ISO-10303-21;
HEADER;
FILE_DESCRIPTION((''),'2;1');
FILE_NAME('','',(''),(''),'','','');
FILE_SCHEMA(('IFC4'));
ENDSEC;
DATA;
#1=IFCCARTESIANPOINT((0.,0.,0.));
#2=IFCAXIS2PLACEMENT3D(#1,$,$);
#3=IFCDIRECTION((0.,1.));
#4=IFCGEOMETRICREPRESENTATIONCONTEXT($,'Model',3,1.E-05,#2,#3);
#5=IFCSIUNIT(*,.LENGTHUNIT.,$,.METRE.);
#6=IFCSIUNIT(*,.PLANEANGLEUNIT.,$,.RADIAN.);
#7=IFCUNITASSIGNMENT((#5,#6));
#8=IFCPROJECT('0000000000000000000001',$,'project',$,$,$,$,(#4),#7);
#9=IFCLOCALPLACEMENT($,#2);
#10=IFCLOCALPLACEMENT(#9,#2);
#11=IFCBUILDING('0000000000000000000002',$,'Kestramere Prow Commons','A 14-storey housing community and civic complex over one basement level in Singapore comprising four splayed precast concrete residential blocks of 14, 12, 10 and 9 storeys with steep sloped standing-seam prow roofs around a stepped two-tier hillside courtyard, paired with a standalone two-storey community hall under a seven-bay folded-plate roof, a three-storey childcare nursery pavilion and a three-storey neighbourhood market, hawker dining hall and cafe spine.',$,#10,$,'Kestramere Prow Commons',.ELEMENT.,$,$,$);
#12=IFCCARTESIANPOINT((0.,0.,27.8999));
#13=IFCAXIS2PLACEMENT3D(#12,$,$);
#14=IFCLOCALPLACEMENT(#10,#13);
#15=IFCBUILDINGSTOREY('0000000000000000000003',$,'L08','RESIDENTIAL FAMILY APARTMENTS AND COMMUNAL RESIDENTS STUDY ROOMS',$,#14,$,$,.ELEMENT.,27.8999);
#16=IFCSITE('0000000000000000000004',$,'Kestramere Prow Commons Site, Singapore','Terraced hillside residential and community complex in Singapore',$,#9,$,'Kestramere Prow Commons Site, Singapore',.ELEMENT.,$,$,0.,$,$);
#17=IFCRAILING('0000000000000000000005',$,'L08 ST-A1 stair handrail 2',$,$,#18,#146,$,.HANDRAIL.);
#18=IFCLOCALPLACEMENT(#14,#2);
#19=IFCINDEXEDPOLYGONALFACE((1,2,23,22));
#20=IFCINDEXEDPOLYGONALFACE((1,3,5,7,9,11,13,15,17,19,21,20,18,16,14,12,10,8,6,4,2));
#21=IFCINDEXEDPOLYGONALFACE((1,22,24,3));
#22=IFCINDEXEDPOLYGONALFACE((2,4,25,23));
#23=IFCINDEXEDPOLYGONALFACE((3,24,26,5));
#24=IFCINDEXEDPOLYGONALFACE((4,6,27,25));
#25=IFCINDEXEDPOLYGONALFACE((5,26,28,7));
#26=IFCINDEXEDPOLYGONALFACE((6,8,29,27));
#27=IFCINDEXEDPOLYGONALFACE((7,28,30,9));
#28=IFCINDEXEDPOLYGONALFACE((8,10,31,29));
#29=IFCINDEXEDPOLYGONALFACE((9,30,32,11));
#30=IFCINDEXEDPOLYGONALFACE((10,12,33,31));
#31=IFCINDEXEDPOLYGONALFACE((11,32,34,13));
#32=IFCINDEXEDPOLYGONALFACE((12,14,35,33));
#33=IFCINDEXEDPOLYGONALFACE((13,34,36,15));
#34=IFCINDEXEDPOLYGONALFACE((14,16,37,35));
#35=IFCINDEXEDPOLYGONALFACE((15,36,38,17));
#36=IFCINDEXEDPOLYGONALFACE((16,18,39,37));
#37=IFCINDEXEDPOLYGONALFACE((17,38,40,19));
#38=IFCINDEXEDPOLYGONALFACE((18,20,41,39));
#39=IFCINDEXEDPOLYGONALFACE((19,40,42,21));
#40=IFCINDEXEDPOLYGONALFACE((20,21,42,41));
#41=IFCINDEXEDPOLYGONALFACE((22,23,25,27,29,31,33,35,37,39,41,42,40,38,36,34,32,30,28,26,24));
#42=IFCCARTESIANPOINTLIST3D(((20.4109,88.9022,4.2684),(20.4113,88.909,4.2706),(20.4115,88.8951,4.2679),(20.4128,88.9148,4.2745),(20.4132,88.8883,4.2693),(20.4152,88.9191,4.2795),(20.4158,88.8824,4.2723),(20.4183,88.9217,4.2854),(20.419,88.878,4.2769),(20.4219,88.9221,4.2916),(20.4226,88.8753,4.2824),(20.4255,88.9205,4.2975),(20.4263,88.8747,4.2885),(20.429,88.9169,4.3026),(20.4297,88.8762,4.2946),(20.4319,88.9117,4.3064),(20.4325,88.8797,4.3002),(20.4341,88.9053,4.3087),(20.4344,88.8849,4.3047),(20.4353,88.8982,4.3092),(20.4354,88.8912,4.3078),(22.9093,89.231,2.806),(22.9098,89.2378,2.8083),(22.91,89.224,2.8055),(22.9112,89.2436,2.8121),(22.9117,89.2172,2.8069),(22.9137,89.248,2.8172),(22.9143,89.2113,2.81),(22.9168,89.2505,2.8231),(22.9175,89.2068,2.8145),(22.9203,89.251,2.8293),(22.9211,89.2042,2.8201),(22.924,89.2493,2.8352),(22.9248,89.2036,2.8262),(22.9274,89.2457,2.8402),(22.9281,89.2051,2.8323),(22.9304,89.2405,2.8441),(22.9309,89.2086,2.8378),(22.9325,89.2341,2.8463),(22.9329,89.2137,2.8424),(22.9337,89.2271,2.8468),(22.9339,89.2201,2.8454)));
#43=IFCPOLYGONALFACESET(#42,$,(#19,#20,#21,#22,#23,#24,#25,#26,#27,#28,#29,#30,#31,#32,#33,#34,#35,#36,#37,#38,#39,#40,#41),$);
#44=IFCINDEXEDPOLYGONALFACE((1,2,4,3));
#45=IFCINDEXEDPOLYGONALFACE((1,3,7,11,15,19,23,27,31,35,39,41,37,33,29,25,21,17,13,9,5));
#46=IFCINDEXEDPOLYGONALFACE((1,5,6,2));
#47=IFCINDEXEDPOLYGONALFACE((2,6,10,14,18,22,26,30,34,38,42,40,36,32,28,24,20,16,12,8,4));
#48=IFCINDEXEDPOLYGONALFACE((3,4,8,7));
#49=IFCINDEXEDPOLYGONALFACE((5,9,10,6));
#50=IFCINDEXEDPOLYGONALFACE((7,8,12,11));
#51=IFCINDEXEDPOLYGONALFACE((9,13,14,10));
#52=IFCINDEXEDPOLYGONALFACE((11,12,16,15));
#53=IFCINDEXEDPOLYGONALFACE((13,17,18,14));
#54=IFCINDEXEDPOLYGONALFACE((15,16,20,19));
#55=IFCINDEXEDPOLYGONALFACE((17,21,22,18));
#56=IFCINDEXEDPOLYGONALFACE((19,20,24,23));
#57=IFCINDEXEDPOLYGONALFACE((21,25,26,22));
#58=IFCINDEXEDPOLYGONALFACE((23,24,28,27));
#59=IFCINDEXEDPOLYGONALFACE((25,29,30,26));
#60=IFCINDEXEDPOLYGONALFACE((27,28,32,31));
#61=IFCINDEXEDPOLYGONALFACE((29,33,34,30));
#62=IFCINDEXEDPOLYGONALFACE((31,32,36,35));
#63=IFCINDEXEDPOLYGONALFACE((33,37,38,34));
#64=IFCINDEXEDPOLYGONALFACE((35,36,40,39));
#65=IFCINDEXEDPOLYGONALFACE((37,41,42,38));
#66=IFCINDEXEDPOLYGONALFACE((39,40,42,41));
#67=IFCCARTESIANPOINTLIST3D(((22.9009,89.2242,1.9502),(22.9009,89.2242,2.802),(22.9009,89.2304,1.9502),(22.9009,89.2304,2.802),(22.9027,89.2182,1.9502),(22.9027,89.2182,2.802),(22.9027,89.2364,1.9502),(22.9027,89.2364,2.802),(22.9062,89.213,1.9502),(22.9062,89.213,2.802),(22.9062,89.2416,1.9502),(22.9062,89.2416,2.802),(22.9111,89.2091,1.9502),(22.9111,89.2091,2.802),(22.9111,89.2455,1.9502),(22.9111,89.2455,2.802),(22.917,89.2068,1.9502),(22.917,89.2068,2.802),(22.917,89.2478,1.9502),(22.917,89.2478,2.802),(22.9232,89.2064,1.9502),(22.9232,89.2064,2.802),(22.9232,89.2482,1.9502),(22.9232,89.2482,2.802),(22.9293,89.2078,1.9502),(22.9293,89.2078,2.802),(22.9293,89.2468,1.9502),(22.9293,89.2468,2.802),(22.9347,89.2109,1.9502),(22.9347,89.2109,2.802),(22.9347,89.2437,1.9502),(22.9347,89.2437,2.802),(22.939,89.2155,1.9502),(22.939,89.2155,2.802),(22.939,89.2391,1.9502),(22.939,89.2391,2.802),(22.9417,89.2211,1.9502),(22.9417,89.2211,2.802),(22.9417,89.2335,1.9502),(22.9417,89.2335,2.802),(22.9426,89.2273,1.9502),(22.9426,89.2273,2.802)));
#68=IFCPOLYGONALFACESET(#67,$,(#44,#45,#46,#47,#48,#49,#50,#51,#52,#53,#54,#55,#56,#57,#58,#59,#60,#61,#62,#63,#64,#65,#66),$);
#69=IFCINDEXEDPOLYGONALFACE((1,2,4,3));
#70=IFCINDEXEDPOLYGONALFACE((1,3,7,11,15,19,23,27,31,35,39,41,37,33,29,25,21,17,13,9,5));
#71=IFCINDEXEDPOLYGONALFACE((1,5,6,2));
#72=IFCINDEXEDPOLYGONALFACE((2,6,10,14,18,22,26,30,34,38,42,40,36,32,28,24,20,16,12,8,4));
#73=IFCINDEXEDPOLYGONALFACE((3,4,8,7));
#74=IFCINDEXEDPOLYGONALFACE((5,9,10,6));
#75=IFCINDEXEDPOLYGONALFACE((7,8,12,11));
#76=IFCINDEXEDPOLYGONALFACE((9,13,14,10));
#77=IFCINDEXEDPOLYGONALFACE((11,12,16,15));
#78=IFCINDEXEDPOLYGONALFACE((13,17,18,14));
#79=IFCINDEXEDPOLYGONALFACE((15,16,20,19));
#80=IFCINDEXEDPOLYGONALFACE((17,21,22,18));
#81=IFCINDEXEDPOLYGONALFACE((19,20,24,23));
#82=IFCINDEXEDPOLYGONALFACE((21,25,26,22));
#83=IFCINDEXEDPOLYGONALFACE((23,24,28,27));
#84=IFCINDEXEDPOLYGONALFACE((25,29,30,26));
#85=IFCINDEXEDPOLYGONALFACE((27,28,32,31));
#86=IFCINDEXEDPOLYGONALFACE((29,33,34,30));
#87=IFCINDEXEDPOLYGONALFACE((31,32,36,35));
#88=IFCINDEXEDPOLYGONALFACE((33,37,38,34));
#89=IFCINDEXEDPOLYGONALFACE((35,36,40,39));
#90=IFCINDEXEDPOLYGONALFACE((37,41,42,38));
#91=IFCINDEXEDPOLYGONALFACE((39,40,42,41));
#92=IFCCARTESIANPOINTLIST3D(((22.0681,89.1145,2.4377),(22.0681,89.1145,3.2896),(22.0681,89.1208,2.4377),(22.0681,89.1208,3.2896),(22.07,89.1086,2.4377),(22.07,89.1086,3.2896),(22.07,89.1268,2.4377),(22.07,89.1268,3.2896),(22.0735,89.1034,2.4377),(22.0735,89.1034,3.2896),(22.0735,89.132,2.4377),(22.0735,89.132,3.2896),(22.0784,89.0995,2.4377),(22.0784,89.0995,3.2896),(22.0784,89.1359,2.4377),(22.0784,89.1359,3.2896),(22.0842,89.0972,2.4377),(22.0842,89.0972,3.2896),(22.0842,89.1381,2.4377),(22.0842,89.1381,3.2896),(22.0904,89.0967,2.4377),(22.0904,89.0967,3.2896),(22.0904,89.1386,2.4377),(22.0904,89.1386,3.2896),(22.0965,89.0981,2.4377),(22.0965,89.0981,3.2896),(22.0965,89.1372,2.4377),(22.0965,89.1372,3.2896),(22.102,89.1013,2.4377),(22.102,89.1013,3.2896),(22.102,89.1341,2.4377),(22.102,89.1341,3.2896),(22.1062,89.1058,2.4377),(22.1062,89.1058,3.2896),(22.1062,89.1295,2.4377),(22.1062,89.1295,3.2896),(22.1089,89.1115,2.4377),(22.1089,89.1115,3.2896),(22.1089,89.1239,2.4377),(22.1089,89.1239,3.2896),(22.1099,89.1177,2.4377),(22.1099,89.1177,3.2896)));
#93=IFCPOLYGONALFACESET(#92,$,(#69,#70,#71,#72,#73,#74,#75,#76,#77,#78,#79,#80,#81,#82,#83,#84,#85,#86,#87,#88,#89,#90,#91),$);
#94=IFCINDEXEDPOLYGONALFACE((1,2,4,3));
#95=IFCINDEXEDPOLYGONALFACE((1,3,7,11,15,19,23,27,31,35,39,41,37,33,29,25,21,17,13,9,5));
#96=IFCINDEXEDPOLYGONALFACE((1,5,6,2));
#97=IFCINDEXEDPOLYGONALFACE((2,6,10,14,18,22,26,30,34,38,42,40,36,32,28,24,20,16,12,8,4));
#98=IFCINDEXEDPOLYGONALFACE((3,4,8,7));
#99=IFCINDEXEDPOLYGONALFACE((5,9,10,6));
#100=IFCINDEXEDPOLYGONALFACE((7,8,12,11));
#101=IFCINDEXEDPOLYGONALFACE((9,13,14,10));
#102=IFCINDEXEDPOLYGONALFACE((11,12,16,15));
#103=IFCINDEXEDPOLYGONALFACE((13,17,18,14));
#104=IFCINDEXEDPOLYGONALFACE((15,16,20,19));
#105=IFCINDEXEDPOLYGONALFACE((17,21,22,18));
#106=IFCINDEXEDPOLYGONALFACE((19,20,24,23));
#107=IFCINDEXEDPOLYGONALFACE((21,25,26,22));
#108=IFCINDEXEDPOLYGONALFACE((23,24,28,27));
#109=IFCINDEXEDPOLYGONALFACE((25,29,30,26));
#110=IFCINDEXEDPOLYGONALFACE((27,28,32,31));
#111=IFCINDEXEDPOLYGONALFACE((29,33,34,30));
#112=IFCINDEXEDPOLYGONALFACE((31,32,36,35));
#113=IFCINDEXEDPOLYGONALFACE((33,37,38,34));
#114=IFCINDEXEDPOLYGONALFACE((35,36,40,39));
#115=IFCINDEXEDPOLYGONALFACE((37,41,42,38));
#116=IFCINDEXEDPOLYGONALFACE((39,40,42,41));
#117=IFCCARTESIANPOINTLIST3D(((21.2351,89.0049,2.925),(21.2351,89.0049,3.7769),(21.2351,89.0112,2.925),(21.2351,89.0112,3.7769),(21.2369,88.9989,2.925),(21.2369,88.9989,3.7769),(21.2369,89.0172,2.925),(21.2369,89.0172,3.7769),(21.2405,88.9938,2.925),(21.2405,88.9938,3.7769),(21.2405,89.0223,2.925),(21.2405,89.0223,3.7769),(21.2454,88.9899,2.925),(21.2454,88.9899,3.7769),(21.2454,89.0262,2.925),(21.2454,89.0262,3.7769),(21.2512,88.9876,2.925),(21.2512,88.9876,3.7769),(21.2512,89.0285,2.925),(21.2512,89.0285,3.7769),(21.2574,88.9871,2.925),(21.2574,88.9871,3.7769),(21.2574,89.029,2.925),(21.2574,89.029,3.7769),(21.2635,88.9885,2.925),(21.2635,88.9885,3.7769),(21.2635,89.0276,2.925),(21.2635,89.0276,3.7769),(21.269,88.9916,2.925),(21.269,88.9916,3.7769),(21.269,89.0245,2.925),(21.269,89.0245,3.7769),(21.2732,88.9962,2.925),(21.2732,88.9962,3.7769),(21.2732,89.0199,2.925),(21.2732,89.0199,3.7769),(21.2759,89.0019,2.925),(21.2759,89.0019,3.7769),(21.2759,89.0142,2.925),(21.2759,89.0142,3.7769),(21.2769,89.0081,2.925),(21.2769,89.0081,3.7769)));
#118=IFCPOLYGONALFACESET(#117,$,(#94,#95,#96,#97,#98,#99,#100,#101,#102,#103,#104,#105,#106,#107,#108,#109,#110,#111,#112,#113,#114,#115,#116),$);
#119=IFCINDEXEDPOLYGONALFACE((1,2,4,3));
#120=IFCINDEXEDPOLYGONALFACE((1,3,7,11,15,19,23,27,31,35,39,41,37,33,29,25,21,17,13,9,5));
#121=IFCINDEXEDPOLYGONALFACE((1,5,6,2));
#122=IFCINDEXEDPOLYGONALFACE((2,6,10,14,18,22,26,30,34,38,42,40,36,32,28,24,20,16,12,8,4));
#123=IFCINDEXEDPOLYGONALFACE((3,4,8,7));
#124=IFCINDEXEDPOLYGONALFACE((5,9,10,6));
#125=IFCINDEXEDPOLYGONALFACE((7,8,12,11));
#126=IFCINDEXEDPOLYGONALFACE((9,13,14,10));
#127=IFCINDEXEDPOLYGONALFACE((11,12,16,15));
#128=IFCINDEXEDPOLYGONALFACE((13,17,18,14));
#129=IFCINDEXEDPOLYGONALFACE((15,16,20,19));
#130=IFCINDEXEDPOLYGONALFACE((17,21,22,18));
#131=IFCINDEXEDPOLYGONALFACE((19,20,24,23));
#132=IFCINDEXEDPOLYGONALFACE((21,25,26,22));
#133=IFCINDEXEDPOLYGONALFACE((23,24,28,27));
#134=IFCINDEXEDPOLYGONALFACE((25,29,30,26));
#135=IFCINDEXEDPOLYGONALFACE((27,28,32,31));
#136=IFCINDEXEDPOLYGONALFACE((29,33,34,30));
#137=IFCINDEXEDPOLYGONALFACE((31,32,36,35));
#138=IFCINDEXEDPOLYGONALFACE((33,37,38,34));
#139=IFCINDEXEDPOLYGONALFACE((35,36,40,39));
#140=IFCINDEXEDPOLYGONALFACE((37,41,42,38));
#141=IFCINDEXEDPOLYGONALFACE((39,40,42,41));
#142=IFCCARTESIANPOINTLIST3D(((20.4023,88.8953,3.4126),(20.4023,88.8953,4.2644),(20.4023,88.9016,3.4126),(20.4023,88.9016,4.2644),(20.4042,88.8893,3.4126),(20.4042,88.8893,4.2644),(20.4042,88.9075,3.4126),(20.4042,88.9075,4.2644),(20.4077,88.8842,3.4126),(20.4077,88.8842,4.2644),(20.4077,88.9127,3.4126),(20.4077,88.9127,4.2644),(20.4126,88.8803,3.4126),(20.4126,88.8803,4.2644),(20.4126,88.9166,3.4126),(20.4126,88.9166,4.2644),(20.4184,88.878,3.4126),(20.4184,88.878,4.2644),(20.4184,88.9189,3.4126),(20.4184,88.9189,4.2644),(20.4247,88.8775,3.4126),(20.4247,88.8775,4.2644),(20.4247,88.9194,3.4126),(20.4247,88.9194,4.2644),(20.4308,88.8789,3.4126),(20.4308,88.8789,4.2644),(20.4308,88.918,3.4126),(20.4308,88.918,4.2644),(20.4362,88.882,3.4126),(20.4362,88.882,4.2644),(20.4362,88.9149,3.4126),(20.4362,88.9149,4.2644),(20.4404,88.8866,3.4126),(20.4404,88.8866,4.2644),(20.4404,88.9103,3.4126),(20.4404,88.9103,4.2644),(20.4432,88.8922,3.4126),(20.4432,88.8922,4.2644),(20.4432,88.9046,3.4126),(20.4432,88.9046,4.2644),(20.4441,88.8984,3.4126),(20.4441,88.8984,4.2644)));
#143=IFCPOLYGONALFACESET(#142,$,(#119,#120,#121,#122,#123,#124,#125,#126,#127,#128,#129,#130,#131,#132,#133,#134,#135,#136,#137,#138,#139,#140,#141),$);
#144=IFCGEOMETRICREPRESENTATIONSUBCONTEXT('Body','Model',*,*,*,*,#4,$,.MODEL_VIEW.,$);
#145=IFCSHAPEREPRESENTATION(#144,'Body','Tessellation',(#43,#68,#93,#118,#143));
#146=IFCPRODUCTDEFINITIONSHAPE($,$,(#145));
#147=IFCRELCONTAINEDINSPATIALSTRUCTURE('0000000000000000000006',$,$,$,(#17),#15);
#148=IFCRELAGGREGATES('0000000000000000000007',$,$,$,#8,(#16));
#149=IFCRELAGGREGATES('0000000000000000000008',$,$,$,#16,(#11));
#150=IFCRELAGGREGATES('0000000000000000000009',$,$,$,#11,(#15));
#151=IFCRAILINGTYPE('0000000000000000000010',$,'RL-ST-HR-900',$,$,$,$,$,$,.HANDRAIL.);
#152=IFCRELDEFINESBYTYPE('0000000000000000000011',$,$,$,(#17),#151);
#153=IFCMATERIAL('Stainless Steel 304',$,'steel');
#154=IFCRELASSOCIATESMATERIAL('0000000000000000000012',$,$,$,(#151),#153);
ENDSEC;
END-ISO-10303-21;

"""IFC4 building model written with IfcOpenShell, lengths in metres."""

from ifc_helpers import new_model, si_unit, direction, frame, origin, origin_2d, place, context, subcontext, project, spatial, circle, extrude, material, type_object, element, save


model = new_model("IFC4")

# Units and contexts
model_context = context("Model", 3, precision=1e-05, world=origin(), true_north=direction((0.0, 1.0)))
body_context = subcontext(model_context, "Body", "Model", "MODEL_VIEW")
ifc_project = project(units=[si_unit("LENGTHUNIT", "METRE"), si_unit("PLANEANGLEUNIT", "RADIAN")], contexts=[model_context])

# Site, building, storey
site_placement = place(None, origin())
site = spatial("IfcSite", under=ifc_project, at=site_placement, Name="Kestramere Prow Commons Site, Singapore", Description="Terraced hillside residential and community complex in Singapore", LongName="Kestramere Prow Commons Site, Singapore", CompositionType="ELEMENT", RefElevation=0.0)
building_placement = place(site_placement, origin())
building = spatial("IfcBuilding", under=site, at=building_placement, Name="Kestramere Prow Commons", Description="A 14-storey housing community and civic complex over one basement level in Singapore comprising four splayed precast concrete residential blocks of 14, 12, 10 and 9 storeys with steep sloped standing-seam prow roofs around a stepped two-tier hillside courtyard, paired with a standalone two-storey community hall under a seven-bay folded-plate roof, a three-storey childcare nursery pavilion and a three-storey neighbourhood market, hawker dining hall and cafe spine.", LongName="Kestramere Prow Commons", CompositionType="ELEMENT")
storey_placement = place(building_placement, frame((0.0, 0.0, 27.8999)))
storey = spatial("IfcBuildingStorey", under=building, at=storey_placement, Name="L08", Description="RESIDENTIAL FAMILY APARTMENTS AND COMMUNAL RESIDENTS STUDY ROOMS", CompositionType="ELEMENT", Elevation=27.8999)

# Railing
ifc_material_1 = material(Name="Stainless Steel 304", Category="steel")
railing_type_1 = type_object("IfcRailingType", Name="RL-ST-HR-900", PredefinedType="HANDRAIL", material=ifc_material_1)
railing_1_placement = place(storey_placement, frame((22.9216, 89.2273, 1.9502)))
element("IfcRailing", 1, at=railing_1_placement, inside=storey, type_object=railing_type_1, Name="L08 ST-A1 stair handrail 2", PredefinedType="HANDRAIL", context=body_context, shape_type="SweptSolid", body=[
    extrude(circle(Radius=0.0239, at=origin_2d()), frame((0.0, 0.0, 0.876), z_axis=(-0.857523, -0.112867, 0.501912), x_axis=(0.130495, -0.991449, 0.0)), (0.0, 0.0, 1.0), 2.9136),
    extrude(circle(Radius=0.021, at=origin_2d()), origin(), (0.0, 0.0, 1.0), 0.8518),
    extrude(circle(Radius=0.021, at=origin_2d()), frame((-0.8328, -0.1096, 0.4875)), (0.0, 0.0, 1.0), 0.8518),
    extrude(circle(Radius=0.021, at=origin_2d()), frame((-1.6658, -0.2192, 0.9749)), (0.0, 0.0, 1.0), 0.8518),
    extrude(circle(Radius=0.021, at=origin_2d()), frame((-2.4985, -0.3289, 1.4624)), (0.0, 0.0, 1.0), 0.8518),
])

save(model, "model.ifc")
